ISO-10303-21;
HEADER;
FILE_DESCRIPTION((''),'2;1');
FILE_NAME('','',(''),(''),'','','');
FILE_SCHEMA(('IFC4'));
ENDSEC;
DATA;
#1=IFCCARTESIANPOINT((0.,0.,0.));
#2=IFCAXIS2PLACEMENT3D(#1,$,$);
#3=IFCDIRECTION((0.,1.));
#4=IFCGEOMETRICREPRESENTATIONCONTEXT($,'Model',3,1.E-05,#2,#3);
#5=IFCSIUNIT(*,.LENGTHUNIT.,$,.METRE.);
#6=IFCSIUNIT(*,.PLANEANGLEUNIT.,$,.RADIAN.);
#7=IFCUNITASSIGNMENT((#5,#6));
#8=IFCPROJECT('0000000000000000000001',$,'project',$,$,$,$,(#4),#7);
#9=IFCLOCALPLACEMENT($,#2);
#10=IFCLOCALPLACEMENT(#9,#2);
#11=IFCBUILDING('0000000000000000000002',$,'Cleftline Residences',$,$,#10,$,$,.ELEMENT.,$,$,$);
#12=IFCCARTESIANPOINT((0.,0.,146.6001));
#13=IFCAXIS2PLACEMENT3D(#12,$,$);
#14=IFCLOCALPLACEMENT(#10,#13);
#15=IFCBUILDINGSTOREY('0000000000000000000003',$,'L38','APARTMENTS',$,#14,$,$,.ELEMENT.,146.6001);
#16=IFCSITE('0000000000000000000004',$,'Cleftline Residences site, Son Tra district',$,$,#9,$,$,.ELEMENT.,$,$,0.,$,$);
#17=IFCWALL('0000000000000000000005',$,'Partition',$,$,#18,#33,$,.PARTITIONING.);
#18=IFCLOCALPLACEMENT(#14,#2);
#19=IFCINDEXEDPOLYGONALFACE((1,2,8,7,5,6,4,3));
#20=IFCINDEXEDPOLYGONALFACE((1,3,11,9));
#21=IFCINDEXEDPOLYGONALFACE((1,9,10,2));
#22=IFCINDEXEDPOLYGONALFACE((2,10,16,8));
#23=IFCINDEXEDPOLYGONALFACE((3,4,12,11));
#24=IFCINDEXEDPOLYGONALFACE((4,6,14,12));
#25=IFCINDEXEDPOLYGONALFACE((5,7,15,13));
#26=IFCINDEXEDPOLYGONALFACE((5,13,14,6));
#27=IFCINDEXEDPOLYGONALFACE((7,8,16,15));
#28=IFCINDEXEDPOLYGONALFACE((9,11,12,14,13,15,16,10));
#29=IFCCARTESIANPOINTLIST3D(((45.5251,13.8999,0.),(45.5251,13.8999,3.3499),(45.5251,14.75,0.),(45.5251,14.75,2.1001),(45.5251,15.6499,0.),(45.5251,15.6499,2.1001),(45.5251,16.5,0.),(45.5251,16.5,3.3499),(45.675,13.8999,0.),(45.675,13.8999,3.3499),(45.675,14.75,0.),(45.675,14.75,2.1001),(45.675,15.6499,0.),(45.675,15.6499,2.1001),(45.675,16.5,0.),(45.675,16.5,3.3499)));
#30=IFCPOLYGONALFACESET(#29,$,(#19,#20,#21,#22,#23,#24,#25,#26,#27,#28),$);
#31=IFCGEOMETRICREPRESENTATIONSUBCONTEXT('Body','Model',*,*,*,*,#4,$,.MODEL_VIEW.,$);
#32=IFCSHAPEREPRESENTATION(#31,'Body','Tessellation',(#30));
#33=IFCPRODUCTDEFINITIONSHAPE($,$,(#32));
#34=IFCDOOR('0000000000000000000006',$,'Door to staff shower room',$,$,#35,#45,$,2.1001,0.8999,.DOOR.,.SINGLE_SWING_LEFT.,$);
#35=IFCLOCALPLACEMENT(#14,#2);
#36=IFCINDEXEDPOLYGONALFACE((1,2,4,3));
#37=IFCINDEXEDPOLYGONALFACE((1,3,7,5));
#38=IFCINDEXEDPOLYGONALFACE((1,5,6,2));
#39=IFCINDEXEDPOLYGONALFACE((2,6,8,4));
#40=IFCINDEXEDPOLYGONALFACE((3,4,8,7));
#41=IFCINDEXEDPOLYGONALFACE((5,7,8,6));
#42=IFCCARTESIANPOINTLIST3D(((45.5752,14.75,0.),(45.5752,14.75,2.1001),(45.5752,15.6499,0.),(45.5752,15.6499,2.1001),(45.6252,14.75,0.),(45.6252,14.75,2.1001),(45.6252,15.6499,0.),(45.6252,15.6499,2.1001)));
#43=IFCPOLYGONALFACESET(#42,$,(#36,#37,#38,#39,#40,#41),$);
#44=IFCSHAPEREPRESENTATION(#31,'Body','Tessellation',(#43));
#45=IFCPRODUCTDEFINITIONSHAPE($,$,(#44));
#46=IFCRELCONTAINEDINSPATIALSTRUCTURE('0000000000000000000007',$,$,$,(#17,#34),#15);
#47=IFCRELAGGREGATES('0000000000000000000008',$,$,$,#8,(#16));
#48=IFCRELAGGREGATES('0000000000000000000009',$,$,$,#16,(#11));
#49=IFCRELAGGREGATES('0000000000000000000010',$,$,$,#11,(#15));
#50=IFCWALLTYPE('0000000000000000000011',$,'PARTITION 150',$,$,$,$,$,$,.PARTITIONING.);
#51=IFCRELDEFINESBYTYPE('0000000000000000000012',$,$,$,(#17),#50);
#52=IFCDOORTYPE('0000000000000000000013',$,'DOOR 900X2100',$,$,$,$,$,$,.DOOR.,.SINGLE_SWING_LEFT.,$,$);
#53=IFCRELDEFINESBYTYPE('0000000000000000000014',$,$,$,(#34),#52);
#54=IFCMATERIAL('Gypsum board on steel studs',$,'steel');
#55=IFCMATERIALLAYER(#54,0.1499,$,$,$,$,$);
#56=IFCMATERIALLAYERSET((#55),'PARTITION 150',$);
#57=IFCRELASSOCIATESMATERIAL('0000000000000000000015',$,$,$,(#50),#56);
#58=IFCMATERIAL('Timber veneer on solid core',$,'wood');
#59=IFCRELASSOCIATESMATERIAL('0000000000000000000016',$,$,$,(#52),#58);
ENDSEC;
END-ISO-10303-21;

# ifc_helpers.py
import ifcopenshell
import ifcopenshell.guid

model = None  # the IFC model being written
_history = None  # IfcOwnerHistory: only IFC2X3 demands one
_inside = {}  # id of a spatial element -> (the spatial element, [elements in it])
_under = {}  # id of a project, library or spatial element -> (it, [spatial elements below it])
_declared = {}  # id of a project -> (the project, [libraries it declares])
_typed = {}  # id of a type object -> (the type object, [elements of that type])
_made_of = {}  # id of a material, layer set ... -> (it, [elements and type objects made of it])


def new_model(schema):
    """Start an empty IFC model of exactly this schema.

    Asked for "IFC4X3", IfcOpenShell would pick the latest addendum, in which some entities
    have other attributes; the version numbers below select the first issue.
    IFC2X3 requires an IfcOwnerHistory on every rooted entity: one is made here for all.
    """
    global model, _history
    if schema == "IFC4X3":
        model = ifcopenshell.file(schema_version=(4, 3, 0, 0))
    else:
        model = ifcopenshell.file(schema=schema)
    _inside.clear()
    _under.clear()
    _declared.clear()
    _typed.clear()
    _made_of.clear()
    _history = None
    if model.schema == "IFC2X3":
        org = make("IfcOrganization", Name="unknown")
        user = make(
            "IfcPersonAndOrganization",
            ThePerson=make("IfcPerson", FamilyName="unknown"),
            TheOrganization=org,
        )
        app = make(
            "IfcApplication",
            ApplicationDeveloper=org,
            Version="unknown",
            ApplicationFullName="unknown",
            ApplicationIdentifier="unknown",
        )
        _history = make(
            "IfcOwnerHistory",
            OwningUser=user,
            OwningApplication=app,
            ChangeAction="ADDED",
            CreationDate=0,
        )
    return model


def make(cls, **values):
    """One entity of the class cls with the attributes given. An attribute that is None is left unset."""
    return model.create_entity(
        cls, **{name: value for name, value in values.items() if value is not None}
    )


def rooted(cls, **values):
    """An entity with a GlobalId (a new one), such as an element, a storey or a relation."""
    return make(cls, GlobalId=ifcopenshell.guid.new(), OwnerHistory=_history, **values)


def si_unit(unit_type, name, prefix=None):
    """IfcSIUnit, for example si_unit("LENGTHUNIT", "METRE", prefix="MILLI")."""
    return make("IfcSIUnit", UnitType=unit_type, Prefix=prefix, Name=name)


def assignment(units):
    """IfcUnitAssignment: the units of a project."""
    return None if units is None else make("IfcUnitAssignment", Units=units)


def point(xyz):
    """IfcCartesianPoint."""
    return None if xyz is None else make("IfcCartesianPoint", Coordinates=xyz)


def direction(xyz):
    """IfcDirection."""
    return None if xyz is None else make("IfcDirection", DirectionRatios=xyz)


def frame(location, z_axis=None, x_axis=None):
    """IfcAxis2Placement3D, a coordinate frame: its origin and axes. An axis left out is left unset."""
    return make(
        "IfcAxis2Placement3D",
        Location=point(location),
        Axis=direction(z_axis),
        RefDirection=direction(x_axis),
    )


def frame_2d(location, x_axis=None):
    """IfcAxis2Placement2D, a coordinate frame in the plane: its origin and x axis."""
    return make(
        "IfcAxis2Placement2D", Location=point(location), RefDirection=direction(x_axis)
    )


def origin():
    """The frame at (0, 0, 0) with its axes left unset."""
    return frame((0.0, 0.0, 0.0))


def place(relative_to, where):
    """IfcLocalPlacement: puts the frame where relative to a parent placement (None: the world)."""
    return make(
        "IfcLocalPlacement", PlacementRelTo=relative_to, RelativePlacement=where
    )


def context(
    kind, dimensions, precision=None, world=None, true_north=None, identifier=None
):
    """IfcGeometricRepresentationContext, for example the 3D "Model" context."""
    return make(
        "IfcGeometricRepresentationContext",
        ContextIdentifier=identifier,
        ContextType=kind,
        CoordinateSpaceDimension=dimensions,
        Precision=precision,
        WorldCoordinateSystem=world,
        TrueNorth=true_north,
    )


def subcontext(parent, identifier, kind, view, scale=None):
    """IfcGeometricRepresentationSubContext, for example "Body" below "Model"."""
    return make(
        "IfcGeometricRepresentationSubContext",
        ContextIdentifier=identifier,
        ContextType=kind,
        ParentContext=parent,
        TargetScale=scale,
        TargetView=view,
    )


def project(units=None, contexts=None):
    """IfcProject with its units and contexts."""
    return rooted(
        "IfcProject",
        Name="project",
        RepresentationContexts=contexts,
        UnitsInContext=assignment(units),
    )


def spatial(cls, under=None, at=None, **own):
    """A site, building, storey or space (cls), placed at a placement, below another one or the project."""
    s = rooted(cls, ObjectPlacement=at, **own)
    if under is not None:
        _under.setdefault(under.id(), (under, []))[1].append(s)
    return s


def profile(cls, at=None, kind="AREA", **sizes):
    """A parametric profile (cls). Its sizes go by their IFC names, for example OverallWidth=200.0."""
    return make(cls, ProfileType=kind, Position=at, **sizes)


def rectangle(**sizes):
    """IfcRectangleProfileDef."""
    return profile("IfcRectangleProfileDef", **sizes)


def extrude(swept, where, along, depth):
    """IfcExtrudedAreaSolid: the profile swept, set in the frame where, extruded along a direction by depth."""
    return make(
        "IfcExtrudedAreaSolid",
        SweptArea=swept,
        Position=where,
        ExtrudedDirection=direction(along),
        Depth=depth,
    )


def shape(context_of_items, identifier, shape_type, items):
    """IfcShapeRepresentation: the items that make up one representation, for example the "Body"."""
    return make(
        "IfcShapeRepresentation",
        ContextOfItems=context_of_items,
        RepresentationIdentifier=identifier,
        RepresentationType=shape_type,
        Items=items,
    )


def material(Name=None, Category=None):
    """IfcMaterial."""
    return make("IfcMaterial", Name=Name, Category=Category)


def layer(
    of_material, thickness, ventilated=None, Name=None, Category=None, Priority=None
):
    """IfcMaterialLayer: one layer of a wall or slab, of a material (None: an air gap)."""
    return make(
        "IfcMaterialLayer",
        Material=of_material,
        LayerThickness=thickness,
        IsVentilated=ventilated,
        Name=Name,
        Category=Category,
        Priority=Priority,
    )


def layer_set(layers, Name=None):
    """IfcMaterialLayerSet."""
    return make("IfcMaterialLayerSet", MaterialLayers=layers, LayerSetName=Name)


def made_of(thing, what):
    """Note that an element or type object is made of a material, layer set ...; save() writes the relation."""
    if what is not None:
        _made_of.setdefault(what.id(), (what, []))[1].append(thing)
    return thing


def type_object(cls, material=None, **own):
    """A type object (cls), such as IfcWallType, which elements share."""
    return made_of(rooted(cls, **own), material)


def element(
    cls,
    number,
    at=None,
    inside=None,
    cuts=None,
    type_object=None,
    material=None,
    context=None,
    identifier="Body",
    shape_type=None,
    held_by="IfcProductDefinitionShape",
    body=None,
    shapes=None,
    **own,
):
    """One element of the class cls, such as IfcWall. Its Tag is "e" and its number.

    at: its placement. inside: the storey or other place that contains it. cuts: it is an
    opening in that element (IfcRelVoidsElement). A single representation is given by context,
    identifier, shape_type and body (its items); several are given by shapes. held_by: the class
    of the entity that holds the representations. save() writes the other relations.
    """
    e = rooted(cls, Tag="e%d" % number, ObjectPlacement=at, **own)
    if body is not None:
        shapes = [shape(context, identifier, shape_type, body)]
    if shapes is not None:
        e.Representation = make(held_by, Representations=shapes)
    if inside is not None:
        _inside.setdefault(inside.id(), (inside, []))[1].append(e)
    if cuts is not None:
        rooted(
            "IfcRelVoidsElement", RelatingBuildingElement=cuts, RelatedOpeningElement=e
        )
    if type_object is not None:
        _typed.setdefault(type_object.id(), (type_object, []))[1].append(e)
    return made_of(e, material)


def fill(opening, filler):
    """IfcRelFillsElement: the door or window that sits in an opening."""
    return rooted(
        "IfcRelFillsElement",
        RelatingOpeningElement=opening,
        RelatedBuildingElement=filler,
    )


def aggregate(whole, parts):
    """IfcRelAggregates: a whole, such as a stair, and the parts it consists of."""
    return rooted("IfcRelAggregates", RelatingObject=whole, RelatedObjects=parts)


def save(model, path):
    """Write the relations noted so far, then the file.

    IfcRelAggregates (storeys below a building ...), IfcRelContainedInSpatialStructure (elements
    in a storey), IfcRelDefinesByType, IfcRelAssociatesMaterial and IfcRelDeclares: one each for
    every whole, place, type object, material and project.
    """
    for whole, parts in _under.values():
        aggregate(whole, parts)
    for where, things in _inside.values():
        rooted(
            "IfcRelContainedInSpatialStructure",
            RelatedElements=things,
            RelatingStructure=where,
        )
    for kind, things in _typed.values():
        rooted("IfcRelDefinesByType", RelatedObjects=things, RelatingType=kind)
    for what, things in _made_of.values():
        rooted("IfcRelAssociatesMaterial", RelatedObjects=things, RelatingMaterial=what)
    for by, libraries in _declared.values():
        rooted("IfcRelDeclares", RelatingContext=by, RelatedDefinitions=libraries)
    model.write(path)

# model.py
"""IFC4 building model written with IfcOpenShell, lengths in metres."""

from ifc_helpers import new_model, si_unit, direction, frame, frame_2d, origin, place, context, subcontext, project, spatial, rectangle, extrude, material, layer, layer_set, type_object, element, fill, save


model = new_model("IFC4")

# Units and contexts
model_context = context("Model", 3, precision=1e-05, world=origin(), true_north=direction((0.0, 1.0)))
body_context = subcontext(model_context, "Body", "Model", "MODEL_VIEW")
ifc_project = project(units=[si_unit("LENGTHUNIT", "METRE"), si_unit("PLANEANGLEUNIT", "RADIAN")], contexts=[model_context])

# Site, building, storey
site_placement = place(None, origin())
site = spatial("IfcSite", under=ifc_project, at=site_placement, Name="Cleftline Residences site, Son Tra district", CompositionType="ELEMENT", RefElevation=0.0)
building_placement = place(site_placement, origin())
building = spatial("IfcBuilding", under=site, at=building_placement, Name="Cleftline Residences", CompositionType="ELEMENT")
storey_placement = place(building_placement, frame((0.0, 0.0, 146.6001)))
storey = spatial("IfcBuildingStorey", under=building, at=storey_placement, Name="L38", Description="APARTMENTS", CompositionType="ELEMENT", Elevation=146.6001)

# Shared definitions
ifc_material_1 = material(Name="Gypsum board on steel studs", Category="steel")
ifc_layer_1 = layer(ifc_material_1, 0.1499)
ifc_layer_set_1 = layer_set([ifc_layer_1], Name="PARTITION 150")
wall_type_1 = type_object("IfcWallType", Name="PARTITION 150", PredefinedType="PARTITIONING", material=ifc_layer_set_1)

# Wall, opening, door
wall_1_placement = place(storey_placement, frame((45.6001, 13.8999, 0.0), z_axis=(0.0, 0.0, 1.0), x_axis=(0.0, 1.0, 0.0)))
wall_1 = element("IfcWall", 1, at=wall_1_placement, inside=storey, type_object=wall_type_1, Name="Partition", PredefinedType="PARTITIONING", context=body_context, shape_type="SweptSolid", body=[
    extrude(rectangle(XDim=2.6001, YDim=0.1499, at=frame_2d((1.3, 0.0))), origin(), (0.0, 0.0, 1.0), 3.3499),
])
opening_1_placement = place(wall_1_placement, frame((0.8501, 0.0, 0.0)))
opening_1 = element("IfcOpeningElement", 2, at=opening_1_placement, cuts=wall_1, PredefinedType="OPENING", context=body_context, shape_type="SweptSolid", body=[
    extrude(rectangle(XDim=0.8999, YDim=2.1001, at=frame_2d((0.45, 1.05))), frame((0.0, 0.085, 0.0), z_axis=(0.0, -1.0, 0.0), x_axis=(1.0, 0.0, 0.0)), (0.0, 0.0, 1.0), 0.1699),
])
ifc_material_2 = material(Name="Timber veneer on solid core", Category="wood")
door_type_1 = type_object("IfcDoorType", Name="DOOR 900X2100", OperationType="SINGLE_SWING_LEFT", PredefinedType="DOOR", material=ifc_material_2)
door_1_placement = place(opening_1_placement, origin())
door_1 = element("IfcDoor", 3, at=door_1_placement, inside=storey, type_object=door_type_1, Name="Door to staff shower room", OperationType="SINGLE_SWING_LEFT", OverallHeight=2.1001, OverallWidth=0.8999, PredefinedType="DOOR", context=body_context, shape_type="SweptSolid", body=[
    extrude(rectangle(XDim=0.8999, YDim=2.1001, at=frame_2d((0.45, 1.05))), frame((0.0, 0.0249, 0.0), z_axis=(0.0, -1.0, 0.0), x_axis=(1.0, 0.0, 0.0)), (0.0, 0.0, 1.0), 0.05),
])
fill(opening_1, door_1)

save(model, "model.ifc")
